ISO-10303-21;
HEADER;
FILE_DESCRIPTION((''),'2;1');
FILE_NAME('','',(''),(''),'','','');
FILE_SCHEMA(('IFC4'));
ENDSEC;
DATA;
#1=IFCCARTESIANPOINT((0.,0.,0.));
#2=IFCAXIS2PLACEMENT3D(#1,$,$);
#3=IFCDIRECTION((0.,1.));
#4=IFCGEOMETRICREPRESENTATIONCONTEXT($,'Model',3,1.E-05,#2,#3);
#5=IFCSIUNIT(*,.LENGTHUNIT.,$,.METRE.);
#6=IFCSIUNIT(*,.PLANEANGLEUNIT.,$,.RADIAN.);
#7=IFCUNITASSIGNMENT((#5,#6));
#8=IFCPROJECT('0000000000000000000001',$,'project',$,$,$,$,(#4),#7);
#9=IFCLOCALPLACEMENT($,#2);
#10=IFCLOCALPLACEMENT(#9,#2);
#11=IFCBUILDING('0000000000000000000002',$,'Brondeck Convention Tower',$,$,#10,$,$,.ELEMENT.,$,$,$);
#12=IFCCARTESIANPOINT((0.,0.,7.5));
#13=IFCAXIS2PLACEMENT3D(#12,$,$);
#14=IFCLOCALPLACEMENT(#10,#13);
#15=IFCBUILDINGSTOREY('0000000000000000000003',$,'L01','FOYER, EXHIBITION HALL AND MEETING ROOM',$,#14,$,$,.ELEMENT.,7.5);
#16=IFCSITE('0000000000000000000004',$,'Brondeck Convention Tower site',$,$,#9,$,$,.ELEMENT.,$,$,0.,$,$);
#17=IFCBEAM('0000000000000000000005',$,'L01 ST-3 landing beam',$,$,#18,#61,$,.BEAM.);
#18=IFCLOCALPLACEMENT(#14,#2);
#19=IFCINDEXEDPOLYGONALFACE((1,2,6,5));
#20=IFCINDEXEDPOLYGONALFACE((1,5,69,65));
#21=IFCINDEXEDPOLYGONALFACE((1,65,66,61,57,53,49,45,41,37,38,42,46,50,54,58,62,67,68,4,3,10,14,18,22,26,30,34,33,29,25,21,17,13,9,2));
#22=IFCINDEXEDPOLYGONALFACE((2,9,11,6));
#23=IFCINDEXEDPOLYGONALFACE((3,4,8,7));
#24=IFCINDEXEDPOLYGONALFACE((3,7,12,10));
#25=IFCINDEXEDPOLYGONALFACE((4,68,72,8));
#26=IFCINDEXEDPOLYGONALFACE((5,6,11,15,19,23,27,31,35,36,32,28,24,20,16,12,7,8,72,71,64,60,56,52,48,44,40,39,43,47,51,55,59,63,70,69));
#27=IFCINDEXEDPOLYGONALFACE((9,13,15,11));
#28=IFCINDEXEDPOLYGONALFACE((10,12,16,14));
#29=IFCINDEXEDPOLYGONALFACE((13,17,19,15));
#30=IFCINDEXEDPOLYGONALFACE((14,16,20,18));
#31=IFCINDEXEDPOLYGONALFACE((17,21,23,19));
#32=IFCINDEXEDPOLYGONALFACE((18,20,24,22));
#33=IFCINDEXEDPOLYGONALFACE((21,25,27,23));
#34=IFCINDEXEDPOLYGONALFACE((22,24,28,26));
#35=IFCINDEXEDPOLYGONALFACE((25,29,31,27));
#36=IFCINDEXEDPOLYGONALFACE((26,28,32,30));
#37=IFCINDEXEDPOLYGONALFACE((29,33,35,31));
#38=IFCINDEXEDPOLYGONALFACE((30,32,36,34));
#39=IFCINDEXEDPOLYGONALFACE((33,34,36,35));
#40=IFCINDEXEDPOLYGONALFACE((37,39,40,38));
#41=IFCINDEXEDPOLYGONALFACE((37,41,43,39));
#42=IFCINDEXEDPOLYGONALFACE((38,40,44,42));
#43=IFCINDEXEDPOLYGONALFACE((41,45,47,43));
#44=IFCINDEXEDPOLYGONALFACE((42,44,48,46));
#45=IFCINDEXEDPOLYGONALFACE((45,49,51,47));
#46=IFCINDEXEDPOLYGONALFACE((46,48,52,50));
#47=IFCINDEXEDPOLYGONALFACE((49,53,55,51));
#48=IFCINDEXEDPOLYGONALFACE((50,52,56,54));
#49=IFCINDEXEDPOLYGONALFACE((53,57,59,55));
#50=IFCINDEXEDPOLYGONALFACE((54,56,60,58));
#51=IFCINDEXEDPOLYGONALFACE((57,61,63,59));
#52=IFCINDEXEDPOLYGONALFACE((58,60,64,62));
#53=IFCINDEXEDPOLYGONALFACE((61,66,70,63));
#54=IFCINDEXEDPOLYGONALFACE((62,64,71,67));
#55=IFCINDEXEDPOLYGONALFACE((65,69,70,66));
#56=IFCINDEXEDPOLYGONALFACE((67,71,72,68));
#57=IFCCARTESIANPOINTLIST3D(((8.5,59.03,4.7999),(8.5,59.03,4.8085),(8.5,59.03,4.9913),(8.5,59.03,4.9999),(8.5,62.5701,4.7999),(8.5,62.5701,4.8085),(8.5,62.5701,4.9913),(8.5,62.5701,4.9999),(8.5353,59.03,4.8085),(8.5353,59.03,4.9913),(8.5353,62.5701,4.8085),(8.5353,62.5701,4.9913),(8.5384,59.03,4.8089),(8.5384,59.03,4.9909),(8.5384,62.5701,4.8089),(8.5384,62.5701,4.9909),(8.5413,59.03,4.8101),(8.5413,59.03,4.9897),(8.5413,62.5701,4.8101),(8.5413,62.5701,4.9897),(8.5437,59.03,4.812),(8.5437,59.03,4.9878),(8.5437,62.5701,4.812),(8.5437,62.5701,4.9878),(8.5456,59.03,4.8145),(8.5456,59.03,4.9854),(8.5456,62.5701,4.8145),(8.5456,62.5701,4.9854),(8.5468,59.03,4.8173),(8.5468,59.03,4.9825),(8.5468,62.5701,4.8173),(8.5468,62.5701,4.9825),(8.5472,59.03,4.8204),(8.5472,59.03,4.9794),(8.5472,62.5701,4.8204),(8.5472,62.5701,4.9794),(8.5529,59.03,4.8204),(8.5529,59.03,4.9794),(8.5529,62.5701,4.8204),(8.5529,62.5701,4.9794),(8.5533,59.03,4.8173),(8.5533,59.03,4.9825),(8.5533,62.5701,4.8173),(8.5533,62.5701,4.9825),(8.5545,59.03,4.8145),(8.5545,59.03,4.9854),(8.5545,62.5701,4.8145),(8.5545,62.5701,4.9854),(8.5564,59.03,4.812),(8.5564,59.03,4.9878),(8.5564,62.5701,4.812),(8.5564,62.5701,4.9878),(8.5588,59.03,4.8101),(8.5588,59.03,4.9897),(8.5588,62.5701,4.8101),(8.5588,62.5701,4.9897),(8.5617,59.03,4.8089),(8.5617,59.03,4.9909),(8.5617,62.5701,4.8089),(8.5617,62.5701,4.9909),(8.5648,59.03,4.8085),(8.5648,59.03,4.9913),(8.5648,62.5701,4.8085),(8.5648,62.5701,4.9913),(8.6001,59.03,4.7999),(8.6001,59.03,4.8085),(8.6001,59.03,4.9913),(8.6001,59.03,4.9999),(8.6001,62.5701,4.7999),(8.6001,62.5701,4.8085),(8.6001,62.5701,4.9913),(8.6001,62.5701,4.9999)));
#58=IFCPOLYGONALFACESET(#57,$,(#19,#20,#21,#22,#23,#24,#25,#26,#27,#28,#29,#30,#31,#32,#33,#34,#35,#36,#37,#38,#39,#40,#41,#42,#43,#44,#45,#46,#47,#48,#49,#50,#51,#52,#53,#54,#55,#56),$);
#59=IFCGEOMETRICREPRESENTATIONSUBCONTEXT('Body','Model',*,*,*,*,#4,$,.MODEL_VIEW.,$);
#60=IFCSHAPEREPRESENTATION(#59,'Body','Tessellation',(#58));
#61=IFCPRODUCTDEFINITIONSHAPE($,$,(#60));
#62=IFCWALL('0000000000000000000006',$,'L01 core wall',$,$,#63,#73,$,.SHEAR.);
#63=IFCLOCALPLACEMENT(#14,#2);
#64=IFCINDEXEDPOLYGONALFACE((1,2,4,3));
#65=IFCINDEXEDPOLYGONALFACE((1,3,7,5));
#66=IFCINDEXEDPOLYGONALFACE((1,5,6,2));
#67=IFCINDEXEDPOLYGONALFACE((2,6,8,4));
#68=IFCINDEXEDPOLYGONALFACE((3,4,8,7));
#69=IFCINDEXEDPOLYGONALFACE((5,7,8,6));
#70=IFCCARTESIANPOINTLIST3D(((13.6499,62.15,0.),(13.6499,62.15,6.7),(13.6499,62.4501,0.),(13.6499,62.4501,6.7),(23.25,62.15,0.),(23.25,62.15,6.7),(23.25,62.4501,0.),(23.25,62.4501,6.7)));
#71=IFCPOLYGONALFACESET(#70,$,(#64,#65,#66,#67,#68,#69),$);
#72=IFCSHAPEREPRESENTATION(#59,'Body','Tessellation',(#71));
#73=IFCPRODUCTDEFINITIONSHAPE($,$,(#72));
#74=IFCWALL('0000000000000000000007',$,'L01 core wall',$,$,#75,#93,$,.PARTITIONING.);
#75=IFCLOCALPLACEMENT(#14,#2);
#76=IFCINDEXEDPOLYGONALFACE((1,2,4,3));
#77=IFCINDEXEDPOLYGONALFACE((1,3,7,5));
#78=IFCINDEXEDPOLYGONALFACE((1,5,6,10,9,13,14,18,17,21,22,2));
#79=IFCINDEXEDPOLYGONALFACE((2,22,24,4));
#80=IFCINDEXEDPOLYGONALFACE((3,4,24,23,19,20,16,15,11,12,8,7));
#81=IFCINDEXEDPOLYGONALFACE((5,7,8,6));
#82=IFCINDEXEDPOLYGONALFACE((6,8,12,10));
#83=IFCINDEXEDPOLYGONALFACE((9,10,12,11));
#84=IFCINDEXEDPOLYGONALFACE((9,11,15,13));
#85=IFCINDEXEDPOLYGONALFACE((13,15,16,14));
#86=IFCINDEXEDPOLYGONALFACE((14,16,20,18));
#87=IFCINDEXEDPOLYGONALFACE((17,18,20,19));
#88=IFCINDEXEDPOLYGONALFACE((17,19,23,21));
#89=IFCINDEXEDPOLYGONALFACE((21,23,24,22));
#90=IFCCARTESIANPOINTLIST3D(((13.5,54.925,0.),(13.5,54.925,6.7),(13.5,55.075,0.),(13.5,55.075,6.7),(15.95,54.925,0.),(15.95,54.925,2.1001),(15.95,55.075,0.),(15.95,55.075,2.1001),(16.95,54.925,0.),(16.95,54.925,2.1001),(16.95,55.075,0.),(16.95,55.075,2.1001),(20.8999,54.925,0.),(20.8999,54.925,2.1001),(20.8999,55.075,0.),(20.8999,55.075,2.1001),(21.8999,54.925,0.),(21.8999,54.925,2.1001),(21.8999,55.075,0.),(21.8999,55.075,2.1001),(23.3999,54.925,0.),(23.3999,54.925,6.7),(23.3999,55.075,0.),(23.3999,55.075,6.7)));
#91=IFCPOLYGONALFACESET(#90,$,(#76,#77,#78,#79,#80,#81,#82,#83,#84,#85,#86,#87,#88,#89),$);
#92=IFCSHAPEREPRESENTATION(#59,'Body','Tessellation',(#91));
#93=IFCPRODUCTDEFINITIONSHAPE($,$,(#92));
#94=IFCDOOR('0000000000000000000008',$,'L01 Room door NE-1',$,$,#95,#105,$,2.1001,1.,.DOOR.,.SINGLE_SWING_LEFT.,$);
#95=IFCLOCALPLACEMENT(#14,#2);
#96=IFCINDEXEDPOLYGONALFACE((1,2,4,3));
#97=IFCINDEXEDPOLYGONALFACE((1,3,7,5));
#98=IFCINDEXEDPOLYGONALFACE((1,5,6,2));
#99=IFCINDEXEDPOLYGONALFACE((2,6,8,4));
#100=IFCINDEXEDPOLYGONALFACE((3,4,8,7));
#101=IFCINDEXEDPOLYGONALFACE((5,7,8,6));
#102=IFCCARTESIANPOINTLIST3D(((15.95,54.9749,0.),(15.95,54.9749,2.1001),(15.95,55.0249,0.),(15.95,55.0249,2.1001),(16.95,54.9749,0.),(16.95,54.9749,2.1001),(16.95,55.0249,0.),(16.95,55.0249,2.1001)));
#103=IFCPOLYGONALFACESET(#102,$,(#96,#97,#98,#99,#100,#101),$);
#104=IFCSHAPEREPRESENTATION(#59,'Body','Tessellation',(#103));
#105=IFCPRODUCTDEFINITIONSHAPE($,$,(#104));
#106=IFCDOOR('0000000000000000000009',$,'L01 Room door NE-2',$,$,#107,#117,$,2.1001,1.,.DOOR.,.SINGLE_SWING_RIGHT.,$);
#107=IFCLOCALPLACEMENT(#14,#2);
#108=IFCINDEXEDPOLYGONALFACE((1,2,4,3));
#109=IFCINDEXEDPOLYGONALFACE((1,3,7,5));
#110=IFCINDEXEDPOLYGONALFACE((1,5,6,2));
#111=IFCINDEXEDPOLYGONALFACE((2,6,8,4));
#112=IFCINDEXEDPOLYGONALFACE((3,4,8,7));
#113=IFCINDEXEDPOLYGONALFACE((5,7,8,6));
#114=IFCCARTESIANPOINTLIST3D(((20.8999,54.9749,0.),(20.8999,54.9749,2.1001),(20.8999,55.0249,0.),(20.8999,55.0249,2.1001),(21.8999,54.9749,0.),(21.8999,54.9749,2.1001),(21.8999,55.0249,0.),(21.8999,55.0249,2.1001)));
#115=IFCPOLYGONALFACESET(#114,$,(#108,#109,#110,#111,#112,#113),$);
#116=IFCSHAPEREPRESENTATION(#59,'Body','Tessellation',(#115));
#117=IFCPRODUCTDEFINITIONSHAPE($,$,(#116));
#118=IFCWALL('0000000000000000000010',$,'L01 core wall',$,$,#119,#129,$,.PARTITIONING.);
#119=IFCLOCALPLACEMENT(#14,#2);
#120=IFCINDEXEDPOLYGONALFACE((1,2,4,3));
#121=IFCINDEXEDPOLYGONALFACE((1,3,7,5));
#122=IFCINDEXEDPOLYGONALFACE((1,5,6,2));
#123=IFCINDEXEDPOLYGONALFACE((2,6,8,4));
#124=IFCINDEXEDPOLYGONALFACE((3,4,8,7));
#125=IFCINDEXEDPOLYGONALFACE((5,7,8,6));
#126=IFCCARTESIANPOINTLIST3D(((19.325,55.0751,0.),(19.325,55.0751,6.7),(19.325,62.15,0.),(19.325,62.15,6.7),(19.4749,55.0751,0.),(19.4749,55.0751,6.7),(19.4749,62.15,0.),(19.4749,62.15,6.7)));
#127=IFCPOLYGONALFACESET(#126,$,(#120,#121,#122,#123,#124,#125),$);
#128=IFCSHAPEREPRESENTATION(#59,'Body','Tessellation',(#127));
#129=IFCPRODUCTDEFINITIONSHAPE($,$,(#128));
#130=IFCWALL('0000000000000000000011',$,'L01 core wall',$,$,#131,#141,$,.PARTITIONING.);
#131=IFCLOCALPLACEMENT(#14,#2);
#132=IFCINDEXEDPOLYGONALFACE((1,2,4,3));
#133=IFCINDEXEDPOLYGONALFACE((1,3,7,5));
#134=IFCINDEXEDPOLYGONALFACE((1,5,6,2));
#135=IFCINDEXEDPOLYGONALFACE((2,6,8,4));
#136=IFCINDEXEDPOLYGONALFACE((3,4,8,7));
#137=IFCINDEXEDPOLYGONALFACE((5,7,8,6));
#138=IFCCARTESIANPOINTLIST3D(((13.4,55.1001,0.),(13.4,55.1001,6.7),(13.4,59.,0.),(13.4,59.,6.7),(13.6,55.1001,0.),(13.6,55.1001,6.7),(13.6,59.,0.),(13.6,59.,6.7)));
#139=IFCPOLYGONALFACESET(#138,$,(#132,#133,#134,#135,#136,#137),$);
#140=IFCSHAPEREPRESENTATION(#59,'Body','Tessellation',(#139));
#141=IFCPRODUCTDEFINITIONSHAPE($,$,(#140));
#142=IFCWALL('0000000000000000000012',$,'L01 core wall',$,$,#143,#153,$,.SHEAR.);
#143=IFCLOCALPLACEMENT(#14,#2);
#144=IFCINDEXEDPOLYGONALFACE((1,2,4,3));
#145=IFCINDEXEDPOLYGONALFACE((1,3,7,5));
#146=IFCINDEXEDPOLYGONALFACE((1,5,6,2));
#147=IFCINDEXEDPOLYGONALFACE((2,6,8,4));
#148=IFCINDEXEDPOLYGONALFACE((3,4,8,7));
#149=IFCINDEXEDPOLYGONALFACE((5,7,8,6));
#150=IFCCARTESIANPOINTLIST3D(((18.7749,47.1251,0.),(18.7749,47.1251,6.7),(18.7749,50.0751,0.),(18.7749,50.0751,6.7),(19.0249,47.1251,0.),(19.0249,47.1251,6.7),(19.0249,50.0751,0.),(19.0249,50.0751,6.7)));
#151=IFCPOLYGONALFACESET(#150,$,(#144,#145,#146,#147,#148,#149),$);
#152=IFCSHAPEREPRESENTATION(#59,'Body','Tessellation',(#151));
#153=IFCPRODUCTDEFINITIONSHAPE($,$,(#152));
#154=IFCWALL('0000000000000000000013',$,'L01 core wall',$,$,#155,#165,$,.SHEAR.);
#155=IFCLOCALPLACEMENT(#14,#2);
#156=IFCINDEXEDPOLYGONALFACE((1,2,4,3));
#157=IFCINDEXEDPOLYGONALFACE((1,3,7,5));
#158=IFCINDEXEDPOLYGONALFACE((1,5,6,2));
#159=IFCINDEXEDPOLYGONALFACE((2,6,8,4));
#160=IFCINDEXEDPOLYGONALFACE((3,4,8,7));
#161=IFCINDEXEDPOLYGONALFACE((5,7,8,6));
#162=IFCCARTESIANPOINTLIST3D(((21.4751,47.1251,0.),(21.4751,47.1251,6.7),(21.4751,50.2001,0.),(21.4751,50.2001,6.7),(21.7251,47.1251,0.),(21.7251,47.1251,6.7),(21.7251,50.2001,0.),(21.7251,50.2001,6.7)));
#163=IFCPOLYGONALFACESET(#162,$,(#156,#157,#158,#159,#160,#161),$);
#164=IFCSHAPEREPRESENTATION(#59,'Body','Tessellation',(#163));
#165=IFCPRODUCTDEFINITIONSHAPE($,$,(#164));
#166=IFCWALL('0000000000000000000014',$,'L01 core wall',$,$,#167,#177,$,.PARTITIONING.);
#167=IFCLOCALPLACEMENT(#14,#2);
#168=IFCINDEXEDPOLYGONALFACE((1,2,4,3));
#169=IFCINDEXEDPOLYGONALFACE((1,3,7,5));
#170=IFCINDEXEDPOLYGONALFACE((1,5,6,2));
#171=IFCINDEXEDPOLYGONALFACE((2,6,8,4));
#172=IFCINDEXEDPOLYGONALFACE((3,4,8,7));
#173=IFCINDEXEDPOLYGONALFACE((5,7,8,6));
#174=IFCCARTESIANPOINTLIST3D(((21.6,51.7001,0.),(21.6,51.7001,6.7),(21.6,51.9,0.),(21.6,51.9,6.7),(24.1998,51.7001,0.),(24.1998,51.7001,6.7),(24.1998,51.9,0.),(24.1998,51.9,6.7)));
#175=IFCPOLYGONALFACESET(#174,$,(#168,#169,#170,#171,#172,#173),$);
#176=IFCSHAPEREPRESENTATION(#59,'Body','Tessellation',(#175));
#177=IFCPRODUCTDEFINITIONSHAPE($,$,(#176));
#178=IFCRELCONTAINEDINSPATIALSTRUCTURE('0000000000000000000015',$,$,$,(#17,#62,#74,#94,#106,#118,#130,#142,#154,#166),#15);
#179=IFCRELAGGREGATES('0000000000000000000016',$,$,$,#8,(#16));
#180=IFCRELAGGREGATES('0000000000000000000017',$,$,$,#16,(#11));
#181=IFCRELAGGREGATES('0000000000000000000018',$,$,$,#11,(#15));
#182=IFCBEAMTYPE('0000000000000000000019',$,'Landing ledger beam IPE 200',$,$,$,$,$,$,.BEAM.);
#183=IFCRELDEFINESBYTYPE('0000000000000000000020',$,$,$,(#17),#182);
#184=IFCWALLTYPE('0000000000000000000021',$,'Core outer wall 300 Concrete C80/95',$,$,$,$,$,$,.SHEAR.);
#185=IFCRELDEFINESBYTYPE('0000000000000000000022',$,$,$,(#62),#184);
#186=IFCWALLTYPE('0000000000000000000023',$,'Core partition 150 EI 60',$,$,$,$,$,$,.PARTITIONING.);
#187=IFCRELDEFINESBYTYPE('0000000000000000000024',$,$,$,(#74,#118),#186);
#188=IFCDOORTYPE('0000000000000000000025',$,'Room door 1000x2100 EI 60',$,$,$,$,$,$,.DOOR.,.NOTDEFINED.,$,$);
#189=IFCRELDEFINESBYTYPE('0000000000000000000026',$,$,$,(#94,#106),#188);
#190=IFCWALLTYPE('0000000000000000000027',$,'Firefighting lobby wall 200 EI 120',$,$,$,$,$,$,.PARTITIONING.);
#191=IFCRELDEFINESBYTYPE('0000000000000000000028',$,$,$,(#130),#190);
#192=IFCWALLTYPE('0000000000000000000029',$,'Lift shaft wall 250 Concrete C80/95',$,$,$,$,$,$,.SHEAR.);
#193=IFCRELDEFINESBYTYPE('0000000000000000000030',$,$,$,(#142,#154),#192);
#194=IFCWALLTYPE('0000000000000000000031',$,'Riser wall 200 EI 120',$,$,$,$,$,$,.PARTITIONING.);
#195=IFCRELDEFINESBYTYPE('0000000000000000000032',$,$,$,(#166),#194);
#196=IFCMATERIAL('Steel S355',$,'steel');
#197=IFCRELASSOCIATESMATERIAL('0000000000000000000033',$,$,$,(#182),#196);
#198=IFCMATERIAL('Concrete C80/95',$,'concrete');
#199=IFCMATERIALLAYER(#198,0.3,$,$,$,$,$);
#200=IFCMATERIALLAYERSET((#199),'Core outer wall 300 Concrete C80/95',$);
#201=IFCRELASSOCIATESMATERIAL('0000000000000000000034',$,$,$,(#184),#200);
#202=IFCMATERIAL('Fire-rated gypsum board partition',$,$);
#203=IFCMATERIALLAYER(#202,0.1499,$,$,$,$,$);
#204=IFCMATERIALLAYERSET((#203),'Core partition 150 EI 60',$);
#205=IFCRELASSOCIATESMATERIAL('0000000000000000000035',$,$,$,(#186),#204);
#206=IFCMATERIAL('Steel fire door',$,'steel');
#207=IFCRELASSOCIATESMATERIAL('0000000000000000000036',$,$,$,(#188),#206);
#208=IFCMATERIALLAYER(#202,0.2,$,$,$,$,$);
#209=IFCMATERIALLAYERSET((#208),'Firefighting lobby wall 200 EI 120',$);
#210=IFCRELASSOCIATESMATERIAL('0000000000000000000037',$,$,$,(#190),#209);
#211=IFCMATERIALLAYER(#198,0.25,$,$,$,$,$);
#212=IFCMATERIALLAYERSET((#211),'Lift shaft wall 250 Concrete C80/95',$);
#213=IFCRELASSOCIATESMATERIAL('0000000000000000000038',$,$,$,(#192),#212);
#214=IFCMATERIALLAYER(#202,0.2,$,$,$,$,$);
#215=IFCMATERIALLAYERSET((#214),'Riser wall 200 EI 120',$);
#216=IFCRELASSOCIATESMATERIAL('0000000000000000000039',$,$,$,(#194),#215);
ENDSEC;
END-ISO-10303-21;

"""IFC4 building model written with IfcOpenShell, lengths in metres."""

from ifc_helpers import new_model, si_unit, direction, frame, frame_2d, origin, origin_2d, place, context, subcontext, project, spatial, rectangle, i_section, extrude, material, layer, layer_set, material_profile, profile_set, type_object, element, fill, save


model = new_model("IFC4")

# Units and contexts
model_context = context("Model", 3, precision=1e-05, world=origin(), true_north=direction((0.0, 1.0)))
body_context = subcontext(model_context, "Body", "Model", "MODEL_VIEW")
ifc_project = project(units=[si_unit("LENGTHUNIT", "METRE"), si_unit("PLANEANGLEUNIT", "RADIAN")], contexts=[model_context])

# Site, building, storey
site_placement = place(None, origin())
site = spatial("IfcSite", under=ifc_project, at=site_placement, Name="Brondeck Convention Tower site", CompositionType="ELEMENT", RefElevation=0.0)
building_placement = place(site_placement, origin())
building = spatial("IfcBuilding", under=site, at=building_placement, Name="Brondeck Convention Tower", CompositionType="ELEMENT")
storey_placement = place(building_placement, frame((0.0, 0.0, 7.5)))
storey = spatial("IfcBuildingStorey", under=building, at=storey_placement, Name="L01", Description="FOYER, EXHIBITION HALL AND MEETING ROOM", CompositionType="ELEMENT", Elevation=7.5)

# Shared definitions
ifc_material_1 = material(Name="Concrete C80/95", Category="concrete")

# Beam
ifc_material_2 = material(Name="Steel S355", Category="steel")
ifc_material_profile_1 = material_profile(ifc_material_2, i_section(OverallWidth=0.1001, OverallDepth=0.2, WebThickness=0.0056, FlangeThickness=0.0085, FilletRadius=0.012, at=origin_2d()), Name="IPE200")
ifc_profile_set_1 = profile_set([ifc_material_profile_1], Name="Steel S355")
beam_type_1 = type_object("IfcBeamType", Name="Landing ledger beam IPE 200", PredefinedType="BEAM", material=ifc_profile_set_1)
for number, where, z_axis, x_axis, name in (
    (1, (8.55, 62.5701, 4.8999), (0.0, -1.0, 0.0), (1.0, 0.0, 0.0), "L01 ST-3 landing beam"),
):
    element("IfcBeam", number, at=place(storey_placement, frame(where, z_axis=z_axis, x_axis=x_axis)), inside=storey, type_object=beam_type_1, Name=name, PredefinedType="BEAM", context=body_context, shape_type="SweptSolid", body=[
        extrude(i_section(OverallWidth=0.1001, OverallDepth=0.2, WebThickness=0.0056, FlangeThickness=0.0085, FilletRadius=0.012, at=origin_2d()), origin(), (0.0, 0.0, 1.0), 3.54),
    ])

# Wall
ifc_layer_1 = layer(ifc_material_1, 0.3)
ifc_layer_set_1 = layer_set([ifc_layer_1], Name="Core outer wall 300 Concrete C80/95")
wall_type_1 = type_object("IfcWallType", Name="Core outer wall 300 Concrete C80/95", PredefinedType="SHEAR", material=ifc_layer_set_1)
wall_1_placement = place(storey_placement, frame((13.6499, 62.3, 0.0), z_axis=(0.0, 0.0, 1.0), x_axis=(1.0, 0.0, 0.0)))
element("IfcWall", 2, at=wall_1_placement, inside=storey, type_object=wall_type_1, Name="L01 core wall", PredefinedType="SHEAR", context=body_context, shape_type="SweptSolid", body=[
    extrude(rectangle(XDim=9.6001, YDim=0.3, at=frame_2d((4.8, 0.0))), origin(), (0.0, 0.0, 1.0), 6.7),
])

# Wall, openings, doors
ifc_material_3 = material(Name="Fire-rated gypsum board partition")
ifc_layer_2 = layer(ifc_material_3, 0.1499)
ifc_layer_set_2 = layer_set([ifc_layer_2], Name="Core partition 150 EI 60")
wall_type_2 = type_object("IfcWallType", Name="Core partition 150 EI 60", PredefinedType="PARTITIONING", material=ifc_layer_set_2)
wall_2_placement = place(storey_placement, frame((13.5, 55.0, 0.0), z_axis=(0.0, 0.0, 1.0), x_axis=(1.0, 0.0, 0.0)))
wall_2 = element("IfcWall", 3, at=wall_2_placement, inside=storey, type_object=wall_type_2, Name="L01 core wall", PredefinedType="PARTITIONING", context=body_context, shape_type="SweptSolid", body=[
    extrude(rectangle(XDim=9.8999, YDim=0.1499, at=frame_2d((4.95, 0.0))), origin(), (0.0, 0.0, 1.0), 6.7),
])
opening_1_placement = place(wall_2_placement, frame((2.45, 0.0, 0.0)))
opening_1 = element("IfcOpeningElement", 4, at=opening_1_placement, cuts=wall_2, PredefinedType="OPENING", context=body_context, shape_type="SweptSolid", body=[
    extrude(rectangle(XDim=1.0, YDim=2.1001, at=frame_2d((0.5, 1.05))), frame((0.0, 0.085, 0.0), z_axis=(0.0, -1.0, 0.0), x_axis=(1.0, 0.0, 0.0)), (0.0, 0.0, 1.0), 0.1699),
])
opening_2_placement = place(wall_2_placement, frame((7.3999, 0.0, 0.0)))
opening_2 = element("IfcOpeningElement", 5, at=opening_2_placement, cuts=wall_2, PredefinedType="OPENING", context=body_context, shape_type="SweptSolid", body=[
    extrude(rectangle(XDim=1.0, YDim=2.1001, at=frame_2d((0.5, 1.05))), frame((0.0, 0.085, 0.0), z_axis=(0.0, -1.0, 0.0), x_axis=(1.0, 0.0, 0.0)), (0.0, 0.0, 1.0), 0.1699),
])
ifc_material_4 = material(Name="Steel fire door", Category="steel")
door_type = type_object("IfcDoorType", Name="Room door 1000x2100 EI 60", OperationType="NOTDEFINED", PredefinedType="DOOR", material=ifc_material_4)
door_1_placement = place(opening_1_placement, origin())
door_1 = element("IfcDoor", 6, at=door_1_placement, inside=storey, type_object=door_type, Name="L01 Room door NE-1", OperationType="SINGLE_SWING_LEFT", OverallHeight=2.1001, OverallWidth=1.0, PredefinedType="DOOR", context=body_context, shape_type="SweptSolid", body=[
    extrude(rectangle(XDim=1.0, YDim=2.1001, at=frame_2d((0.5, 1.05))), frame((0.0, 0.0249, 0.0), z_axis=(0.0, -1.0, 0.0), x_axis=(1.0, 0.0, 0.0)), (0.0, 0.0, 1.0), 0.05),
])
fill(opening_1, door_1)
door_2_placement = place(opening_2_placement, origin())
door_2 = element("IfcDoor", 7, at=door_2_placement, inside=storey, type_object=door_type, Name="L01 Room door NE-2", OperationType="SINGLE_SWING_RIGHT", OverallHeight=2.1001, OverallWidth=1.0, PredefinedType="DOOR", context=body_context, shape_type="SweptSolid", body=[
    extrude(rectangle(XDim=1.0, YDim=2.1001, at=frame_2d((0.5, 1.05))), frame((0.0, 0.0249, 0.0), z_axis=(0.0, -1.0, 0.0), x_axis=(1.0, 0.0, 0.0)), (0.0, 0.0, 1.0), 0.05),
])
fill(opening_2, door_2)

# Walls
wall_3_placement = place(storey_placement, frame((19.3999, 55.075, 0.0), z_axis=(0.0, 0.0, 1.0), x_axis=(0.0, 1.0, 0.0)))
element("IfcWall", 8, at=wall_3_placement, inside=storey, type_object=wall_type_2, Name="L01 core wall", PredefinedType="PARTITIONING", context=body_context, shape_type="SweptSolid", body=[
    extrude(rectangle(XDim=7.075, YDim=0.1499, at=frame_2d((3.5376, 0.0))), origin(), (0.0, 0.0, 1.0), 6.7),
])
ifc_layer_3 = layer(ifc_material_3, 0.2)
ifc_layer_set_3 = layer_set([ifc_layer_3], Name="Firefighting lobby wall 200 EI 120")
wall_type_3 = type_object("IfcWallType", Name="Firefighting lobby wall 200 EI 120", PredefinedType="PARTITIONING", material=ifc_layer_set_3)
wall_4_placement = place(storey_placement, frame((13.5, 55.1001, 0.0), z_axis=(0.0, 0.0, 1.0), x_axis=(0.0, 1.0, 0.0)))
element("IfcWall", 9, at=wall_4_placement, inside=storey, type_object=wall_type_3, Name="L01 core wall", PredefinedType="PARTITIONING", context=body_context, shape_type="SweptSolid", body=[
    extrude(rectangle(XDim=3.8999, YDim=0.2, at=frame_2d((1.95, 0.0))), origin(), (0.0, 0.0, 1.0), 6.7),
])
ifc_layer_4 = layer(ifc_material_1, 0.25)
ifc_layer_set_4 = layer_set([ifc_layer_4], Name="Lift shaft wall 250 Concrete C80/95")
wall_type_4 = type_object("IfcWallType", Name="Lift shaft wall 250 Concrete C80/95", PredefinedType="SHEAR", material=ifc_layer_set_4)
wall_5_placement = place(storey_placement, frame((18.8999, 47.125, 0.0), z_axis=(0.0, 0.0, 1.0), x_axis=(0.0, 1.0, 0.0)))
element("IfcWall", 10, at=wall_5_placement, inside=storey, type_object=wall_type_4, Name="L01 core wall", PredefinedType="SHEAR", context=body_context, shape_type="SweptSolid", body=[
    extrude(rectangle(XDim=2.95, YDim=0.25, at=frame_2d((1.4751, 0.0))), origin(), (0.0, 0.0, 1.0), 6.7),
])
wall_6_placement = place(storey_placement, frame((21.6001, 47.125, 0.0), z_axis=(0.0, 0.0, 1.0), x_axis=(0.0, 1.0, 0.0)))
element("IfcWall", 11, at=wall_6_placement, inside=storey, type_object=wall_type_4, Name="L01 core wall", PredefinedType="SHEAR", context=body_context, shape_type="SweptSolid", body=[
    extrude(rectangle(XDim=3.075, YDim=0.25, at=frame_2d((1.5376, 0.0))), origin(), (0.0, 0.0, 1.0), 6.7),
])
ifc_layer_5 = layer(ifc_material_3, 0.2)
ifc_layer_set_5 = layer_set([ifc_layer_5], Name="Riser wall 200 EI 120")
wall_type_5 = type_object("IfcWallType", Name="Riser wall 200 EI 120", PredefinedType="PARTITIONING", material=ifc_layer_set_5)
wall_7_placement = place(storey_placement, frame((21.6001, 51.8, 0.0), z_axis=(0.0, 0.0, 1.0), x_axis=(1.0, 0.0, 0.0)))
element("IfcWall", 12, at=wall_7_placement, inside=storey, type_object=wall_type_5, Name="L01 core wall", PredefinedType="PARTITIONING", context=body_context, shape_type="SweptSolid", body=[
    extrude(rectangle(XDim=2.5999, YDim=0.2, at=frame_2d((1.2998, 0.0))), origin(), (0.0, 0.0, 1.0), 6.7),
])

save(model, "model.ifc")
